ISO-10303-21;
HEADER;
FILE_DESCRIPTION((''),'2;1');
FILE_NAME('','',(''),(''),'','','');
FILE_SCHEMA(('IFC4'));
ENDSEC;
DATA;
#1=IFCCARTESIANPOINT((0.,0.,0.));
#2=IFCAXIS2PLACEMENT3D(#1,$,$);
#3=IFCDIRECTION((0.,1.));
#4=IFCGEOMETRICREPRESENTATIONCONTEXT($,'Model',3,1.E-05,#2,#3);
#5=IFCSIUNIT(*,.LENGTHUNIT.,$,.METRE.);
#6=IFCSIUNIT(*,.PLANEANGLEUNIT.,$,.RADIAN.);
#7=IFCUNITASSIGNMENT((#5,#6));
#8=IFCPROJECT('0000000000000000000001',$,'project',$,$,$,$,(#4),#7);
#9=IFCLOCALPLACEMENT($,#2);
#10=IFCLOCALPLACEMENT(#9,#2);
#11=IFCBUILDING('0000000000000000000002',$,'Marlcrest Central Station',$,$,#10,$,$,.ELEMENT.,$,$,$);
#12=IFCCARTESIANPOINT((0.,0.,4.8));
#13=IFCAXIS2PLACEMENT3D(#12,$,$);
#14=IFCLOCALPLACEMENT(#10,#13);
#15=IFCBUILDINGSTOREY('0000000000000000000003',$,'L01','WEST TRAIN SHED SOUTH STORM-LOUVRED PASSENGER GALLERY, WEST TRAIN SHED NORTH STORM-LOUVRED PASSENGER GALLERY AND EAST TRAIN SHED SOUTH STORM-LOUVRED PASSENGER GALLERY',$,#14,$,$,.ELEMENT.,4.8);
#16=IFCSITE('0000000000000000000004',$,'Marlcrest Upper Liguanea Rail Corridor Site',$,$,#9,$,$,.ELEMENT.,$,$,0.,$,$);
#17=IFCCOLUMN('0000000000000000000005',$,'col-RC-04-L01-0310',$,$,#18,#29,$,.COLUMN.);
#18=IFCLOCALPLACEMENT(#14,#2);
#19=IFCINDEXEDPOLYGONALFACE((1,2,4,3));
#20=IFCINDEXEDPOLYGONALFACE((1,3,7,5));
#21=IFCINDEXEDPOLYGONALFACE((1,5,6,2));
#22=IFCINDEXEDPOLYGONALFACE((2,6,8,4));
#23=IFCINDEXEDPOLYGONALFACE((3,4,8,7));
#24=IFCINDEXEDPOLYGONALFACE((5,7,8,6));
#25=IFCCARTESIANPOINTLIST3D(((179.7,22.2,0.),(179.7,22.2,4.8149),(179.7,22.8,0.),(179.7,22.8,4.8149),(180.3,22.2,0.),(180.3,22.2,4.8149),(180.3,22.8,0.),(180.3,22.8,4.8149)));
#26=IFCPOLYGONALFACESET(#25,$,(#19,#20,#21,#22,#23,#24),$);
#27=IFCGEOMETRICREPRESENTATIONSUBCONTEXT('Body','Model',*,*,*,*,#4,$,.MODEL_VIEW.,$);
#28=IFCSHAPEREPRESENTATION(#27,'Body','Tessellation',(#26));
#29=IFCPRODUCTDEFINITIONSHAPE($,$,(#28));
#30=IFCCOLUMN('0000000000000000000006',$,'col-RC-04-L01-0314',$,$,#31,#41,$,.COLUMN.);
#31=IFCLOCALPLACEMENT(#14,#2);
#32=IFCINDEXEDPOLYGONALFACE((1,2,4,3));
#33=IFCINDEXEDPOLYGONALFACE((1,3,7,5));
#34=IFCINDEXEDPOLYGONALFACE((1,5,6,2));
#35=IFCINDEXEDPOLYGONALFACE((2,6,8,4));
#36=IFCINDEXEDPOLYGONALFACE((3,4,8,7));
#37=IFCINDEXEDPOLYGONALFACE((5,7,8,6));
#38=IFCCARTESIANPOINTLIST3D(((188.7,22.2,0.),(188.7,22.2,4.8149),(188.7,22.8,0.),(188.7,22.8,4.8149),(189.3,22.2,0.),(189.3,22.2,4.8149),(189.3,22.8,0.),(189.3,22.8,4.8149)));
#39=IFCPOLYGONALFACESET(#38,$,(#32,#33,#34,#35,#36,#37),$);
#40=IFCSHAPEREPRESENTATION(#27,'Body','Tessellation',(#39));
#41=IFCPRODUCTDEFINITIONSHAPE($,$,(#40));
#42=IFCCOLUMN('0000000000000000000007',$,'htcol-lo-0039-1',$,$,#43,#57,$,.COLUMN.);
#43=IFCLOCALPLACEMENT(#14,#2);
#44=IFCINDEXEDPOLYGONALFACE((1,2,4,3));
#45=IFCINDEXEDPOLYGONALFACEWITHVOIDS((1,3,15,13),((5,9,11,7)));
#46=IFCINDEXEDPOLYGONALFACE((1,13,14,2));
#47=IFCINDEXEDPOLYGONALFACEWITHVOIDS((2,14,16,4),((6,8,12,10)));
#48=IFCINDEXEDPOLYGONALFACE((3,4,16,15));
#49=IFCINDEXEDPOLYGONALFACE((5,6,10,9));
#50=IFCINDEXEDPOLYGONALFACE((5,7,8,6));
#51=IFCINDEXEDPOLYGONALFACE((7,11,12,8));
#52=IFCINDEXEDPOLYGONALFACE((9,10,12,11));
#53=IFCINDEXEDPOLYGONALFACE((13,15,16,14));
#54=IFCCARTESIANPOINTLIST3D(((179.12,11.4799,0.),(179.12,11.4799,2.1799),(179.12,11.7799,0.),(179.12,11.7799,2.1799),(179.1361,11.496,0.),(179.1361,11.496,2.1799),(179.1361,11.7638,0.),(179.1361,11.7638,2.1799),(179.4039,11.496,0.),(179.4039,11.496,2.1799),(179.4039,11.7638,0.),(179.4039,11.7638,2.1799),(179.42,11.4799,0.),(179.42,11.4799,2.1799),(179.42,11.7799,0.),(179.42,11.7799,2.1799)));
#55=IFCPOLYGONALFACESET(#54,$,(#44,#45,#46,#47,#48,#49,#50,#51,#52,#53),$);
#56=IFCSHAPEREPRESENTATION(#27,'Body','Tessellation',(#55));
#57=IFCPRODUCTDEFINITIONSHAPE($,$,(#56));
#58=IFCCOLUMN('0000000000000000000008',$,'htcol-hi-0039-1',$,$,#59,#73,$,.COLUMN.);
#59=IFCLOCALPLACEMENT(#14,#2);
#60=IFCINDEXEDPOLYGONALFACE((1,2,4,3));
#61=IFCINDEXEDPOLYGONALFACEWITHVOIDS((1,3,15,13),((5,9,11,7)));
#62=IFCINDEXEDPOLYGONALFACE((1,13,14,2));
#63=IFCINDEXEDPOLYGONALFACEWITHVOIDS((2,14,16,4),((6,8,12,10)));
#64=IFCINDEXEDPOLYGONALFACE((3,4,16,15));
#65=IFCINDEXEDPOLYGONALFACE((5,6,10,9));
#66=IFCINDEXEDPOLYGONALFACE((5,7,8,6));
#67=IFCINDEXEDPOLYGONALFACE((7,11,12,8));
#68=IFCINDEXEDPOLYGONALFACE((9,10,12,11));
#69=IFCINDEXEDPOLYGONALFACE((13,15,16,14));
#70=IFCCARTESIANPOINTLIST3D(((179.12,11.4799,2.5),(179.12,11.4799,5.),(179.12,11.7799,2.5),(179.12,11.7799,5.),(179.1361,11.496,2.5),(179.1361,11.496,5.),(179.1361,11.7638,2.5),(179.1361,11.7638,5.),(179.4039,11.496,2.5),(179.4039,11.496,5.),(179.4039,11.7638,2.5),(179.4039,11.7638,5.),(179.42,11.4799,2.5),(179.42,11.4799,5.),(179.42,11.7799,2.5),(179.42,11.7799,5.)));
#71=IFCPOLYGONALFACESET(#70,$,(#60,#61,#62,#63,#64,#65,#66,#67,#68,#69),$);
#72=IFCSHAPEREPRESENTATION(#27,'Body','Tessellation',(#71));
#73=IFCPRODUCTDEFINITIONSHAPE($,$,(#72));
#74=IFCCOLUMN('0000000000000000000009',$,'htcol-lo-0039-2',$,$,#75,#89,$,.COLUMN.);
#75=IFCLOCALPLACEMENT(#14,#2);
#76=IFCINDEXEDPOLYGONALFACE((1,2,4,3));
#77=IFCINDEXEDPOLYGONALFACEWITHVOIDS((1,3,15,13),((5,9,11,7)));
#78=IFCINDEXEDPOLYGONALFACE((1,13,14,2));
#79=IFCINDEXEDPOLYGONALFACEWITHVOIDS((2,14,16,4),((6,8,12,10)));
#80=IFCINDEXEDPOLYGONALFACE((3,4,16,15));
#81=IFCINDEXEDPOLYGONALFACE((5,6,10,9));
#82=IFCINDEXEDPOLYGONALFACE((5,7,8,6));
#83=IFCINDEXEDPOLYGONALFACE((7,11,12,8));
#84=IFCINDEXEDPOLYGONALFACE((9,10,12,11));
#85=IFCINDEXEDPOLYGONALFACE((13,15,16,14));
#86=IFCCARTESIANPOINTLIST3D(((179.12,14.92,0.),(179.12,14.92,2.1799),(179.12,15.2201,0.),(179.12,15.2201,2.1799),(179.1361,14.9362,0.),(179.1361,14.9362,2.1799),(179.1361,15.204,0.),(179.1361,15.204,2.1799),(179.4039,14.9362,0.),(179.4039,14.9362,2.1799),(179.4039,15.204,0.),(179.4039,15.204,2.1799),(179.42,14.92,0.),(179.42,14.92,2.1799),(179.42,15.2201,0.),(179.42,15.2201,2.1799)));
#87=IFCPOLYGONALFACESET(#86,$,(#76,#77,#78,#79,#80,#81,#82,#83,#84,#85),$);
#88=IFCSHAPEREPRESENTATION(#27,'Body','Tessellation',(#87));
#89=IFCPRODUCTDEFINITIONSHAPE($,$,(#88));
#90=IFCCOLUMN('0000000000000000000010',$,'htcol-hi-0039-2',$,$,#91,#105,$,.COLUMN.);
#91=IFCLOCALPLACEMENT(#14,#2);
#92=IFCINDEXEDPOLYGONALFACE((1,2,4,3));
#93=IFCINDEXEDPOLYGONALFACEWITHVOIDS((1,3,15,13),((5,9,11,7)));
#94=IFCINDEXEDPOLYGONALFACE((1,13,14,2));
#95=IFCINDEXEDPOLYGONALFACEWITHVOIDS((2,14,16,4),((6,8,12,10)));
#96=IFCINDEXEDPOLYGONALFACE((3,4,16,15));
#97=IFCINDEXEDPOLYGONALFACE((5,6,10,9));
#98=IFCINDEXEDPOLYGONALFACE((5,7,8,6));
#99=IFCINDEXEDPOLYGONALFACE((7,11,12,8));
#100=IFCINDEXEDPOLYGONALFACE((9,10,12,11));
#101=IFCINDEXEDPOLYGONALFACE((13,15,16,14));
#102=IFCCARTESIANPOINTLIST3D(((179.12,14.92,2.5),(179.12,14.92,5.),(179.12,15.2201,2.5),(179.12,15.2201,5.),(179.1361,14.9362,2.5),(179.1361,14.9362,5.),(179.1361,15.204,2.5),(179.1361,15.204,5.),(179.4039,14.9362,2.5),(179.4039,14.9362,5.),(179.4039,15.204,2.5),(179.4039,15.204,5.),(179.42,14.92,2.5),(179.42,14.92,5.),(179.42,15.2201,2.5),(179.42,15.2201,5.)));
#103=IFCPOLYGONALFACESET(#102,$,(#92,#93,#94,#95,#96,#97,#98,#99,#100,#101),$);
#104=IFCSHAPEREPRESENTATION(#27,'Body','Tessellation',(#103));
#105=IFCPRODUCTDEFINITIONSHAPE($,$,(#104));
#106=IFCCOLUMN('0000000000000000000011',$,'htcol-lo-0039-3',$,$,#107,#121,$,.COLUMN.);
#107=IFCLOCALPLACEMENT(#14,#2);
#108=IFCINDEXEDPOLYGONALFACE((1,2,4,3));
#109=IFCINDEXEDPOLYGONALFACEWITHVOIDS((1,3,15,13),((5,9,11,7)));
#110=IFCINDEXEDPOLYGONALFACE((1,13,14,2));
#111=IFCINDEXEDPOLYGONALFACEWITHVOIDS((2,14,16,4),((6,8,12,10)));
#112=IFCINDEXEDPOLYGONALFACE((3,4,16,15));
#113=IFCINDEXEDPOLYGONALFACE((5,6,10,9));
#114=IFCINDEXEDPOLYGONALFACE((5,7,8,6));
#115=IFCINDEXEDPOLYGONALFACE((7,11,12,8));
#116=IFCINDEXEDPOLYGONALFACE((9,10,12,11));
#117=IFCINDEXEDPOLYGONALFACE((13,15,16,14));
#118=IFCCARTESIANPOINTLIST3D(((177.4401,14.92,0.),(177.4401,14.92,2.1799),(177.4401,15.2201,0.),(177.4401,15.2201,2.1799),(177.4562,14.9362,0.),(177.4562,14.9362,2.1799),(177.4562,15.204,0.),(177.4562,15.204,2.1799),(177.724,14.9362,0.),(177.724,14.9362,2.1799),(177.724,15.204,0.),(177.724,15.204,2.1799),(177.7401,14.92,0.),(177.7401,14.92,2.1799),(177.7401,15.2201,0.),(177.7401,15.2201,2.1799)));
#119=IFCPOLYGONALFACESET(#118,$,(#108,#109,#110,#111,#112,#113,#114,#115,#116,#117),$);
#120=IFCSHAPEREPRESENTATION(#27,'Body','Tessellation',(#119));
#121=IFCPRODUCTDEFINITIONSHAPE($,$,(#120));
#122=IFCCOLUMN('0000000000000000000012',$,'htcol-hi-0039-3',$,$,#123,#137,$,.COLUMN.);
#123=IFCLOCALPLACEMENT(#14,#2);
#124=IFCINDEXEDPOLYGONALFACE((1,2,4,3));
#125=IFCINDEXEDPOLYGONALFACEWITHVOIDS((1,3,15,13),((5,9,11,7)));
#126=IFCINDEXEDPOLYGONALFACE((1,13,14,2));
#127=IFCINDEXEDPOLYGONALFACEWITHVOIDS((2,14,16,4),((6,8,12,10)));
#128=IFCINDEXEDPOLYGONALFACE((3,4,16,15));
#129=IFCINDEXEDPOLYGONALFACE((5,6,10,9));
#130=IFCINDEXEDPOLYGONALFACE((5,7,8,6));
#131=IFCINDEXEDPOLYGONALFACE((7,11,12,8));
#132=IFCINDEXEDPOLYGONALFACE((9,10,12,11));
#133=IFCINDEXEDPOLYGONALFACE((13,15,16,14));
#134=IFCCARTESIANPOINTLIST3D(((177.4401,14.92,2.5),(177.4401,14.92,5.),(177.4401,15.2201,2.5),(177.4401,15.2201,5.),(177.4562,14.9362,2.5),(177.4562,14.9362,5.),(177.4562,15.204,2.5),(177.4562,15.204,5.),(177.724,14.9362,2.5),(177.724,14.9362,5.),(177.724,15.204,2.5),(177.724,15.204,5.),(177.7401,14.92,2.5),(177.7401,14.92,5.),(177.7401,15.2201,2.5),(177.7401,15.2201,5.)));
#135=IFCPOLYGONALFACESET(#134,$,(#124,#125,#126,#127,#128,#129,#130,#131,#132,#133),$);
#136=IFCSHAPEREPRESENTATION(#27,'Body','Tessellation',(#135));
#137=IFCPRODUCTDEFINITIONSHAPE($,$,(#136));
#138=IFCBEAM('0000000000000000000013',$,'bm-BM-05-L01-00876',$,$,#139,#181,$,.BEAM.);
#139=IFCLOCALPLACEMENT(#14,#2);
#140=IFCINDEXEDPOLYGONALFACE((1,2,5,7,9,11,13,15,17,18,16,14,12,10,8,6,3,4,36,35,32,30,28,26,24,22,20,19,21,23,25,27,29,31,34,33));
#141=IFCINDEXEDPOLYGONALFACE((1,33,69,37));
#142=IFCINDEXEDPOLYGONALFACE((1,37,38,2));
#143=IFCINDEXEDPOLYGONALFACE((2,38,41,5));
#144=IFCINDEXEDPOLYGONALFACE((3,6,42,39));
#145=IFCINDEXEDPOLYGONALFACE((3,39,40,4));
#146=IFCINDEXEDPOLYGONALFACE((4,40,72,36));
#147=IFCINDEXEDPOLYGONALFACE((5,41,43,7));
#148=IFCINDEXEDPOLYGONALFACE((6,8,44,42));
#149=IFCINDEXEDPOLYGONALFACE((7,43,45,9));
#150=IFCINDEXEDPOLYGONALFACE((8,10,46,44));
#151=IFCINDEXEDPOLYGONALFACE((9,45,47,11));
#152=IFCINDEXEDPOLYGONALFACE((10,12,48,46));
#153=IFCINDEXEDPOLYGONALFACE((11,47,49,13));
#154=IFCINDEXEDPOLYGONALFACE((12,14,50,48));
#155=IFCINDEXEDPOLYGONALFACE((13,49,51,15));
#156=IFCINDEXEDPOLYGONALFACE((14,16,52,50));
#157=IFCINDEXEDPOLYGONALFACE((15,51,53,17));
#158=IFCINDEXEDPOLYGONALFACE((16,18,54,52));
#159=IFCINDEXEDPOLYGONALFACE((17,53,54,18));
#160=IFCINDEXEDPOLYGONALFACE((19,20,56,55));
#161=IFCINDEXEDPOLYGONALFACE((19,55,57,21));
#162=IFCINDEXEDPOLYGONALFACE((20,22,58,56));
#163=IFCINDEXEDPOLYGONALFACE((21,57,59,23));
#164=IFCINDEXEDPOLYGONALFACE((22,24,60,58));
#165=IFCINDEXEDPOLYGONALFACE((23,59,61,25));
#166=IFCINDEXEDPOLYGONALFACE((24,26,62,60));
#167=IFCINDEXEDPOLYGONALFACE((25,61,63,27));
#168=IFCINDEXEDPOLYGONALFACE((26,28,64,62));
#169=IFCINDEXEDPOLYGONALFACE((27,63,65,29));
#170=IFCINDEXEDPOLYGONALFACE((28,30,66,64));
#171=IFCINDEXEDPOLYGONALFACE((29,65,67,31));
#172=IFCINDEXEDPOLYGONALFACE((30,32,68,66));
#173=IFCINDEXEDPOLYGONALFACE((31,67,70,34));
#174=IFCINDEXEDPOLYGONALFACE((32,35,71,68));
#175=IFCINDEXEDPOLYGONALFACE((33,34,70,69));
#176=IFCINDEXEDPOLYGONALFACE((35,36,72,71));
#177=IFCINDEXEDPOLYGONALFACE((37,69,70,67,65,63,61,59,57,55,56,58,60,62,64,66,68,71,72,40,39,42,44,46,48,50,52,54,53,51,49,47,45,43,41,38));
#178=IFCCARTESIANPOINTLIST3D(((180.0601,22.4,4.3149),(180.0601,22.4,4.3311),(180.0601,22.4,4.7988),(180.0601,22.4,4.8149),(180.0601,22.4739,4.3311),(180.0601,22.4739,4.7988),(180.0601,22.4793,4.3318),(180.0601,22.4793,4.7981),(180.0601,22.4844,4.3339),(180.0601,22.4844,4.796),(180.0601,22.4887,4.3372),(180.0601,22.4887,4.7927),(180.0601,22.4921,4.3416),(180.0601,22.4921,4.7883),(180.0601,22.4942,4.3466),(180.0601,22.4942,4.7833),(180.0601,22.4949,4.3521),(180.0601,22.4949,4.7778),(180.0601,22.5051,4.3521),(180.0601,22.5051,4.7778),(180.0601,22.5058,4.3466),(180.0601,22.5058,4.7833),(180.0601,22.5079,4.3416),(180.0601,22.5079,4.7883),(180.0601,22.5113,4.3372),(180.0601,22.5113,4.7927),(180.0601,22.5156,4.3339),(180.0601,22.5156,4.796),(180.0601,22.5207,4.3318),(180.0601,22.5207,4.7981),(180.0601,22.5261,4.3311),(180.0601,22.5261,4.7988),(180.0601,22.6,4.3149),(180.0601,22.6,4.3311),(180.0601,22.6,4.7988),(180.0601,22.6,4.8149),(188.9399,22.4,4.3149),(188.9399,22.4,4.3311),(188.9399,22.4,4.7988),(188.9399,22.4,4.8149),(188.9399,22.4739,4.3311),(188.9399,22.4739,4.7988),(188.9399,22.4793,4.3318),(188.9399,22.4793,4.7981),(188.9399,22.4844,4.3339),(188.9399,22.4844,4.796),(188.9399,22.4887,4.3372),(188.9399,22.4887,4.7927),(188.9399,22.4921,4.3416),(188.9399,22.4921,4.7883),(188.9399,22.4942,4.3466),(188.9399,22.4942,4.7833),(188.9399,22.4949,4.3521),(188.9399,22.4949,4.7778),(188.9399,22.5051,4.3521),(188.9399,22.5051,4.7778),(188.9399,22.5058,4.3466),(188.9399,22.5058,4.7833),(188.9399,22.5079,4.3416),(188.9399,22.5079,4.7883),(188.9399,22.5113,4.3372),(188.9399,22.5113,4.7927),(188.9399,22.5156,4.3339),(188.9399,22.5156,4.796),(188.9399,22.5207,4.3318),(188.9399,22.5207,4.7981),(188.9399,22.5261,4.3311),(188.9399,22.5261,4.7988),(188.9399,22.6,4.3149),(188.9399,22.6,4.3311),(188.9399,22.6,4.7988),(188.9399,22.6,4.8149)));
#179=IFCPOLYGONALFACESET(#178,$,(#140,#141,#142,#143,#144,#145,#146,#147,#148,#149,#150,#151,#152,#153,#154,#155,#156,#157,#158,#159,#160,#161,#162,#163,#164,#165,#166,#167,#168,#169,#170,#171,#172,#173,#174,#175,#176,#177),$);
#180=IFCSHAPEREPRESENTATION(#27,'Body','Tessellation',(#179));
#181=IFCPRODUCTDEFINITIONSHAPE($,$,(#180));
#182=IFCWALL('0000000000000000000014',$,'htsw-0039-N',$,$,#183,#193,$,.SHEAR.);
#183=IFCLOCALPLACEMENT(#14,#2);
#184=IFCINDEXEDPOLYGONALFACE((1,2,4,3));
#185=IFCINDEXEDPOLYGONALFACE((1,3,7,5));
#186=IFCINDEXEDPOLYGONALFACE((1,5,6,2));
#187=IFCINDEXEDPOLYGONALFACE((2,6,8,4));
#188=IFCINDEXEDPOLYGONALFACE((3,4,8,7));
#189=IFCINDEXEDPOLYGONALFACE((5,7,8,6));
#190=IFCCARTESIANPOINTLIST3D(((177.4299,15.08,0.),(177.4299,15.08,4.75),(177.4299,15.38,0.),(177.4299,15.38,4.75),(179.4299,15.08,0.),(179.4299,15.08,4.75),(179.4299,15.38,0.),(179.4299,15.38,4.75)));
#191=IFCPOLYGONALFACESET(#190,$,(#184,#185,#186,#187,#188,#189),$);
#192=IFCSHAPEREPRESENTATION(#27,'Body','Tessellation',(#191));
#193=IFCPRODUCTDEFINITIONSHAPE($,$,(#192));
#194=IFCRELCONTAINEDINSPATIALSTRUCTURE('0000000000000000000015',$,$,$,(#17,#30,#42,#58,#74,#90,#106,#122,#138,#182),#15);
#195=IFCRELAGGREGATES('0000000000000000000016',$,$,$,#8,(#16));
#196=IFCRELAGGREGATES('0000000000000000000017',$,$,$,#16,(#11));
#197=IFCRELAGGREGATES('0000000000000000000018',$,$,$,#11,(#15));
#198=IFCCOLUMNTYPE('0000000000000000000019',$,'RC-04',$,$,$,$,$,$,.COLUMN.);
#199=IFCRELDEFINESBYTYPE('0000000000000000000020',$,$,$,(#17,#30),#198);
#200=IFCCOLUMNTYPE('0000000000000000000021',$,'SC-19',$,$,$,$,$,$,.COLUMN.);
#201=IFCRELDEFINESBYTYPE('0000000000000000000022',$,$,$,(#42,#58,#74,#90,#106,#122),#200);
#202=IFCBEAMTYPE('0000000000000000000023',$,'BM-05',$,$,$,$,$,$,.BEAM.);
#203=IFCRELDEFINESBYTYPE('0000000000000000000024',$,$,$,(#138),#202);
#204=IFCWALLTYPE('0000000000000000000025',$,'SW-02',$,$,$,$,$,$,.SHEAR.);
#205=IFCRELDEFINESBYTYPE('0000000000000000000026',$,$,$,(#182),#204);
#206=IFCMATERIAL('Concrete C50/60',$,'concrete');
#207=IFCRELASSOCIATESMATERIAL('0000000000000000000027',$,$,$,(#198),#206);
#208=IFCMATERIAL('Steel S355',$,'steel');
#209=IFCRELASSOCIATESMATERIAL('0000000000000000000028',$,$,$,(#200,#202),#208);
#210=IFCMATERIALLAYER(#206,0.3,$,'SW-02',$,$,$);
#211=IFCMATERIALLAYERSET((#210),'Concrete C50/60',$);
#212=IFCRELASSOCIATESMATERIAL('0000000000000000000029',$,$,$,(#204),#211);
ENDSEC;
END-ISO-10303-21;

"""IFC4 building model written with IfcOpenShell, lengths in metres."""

from ifc_helpers import new_model, si_unit, direction, frame, frame_2d, origin, origin_2d, place, context, subcontext, project, spatial, rectangle, hollow_rectangle, i_section, extrude, material, layer, layer_set, material_profile, profile_set, type_object, element, save


model = new_model("IFC4")

# Units and contexts
model_context = context("Model", 3, precision=1e-05, world=origin(), true_north=direction((0.0, 1.0)))
body_context = subcontext(model_context, "Body", "Model", "MODEL_VIEW")
ifc_project = project(units=[si_unit("LENGTHUNIT", "METRE"), si_unit("PLANEANGLEUNIT", "RADIAN")], contexts=[model_context])

# Site, building, storey
site_placement = place(None, origin())
site = spatial("IfcSite", under=ifc_project, at=site_placement, Name="Marlcrest Upper Liguanea Rail Corridor Site", CompositionType="ELEMENT", RefElevation=0.0)
building_placement = place(site_placement, origin())
building = spatial("IfcBuilding", under=site, at=building_placement, Name="Marlcrest Central Station", CompositionType="ELEMENT")
storey_placement = place(building_placement, frame((0.0, 0.0, 4.8)))
storey = spatial("IfcBuildingStorey", under=building, at=storey_placement, Name="L01", Description="WEST TRAIN SHED SOUTH STORM-LOUVRED PASSENGER GALLERY, WEST TRAIN SHED NORTH STORM-LOUVRED PASSENGER GALLERY AND EAST TRAIN SHED SOUTH STORM-LOUVRED PASSENGER GALLERY", CompositionType="ELEMENT", Elevation=4.8)

# Columns
ifc_material_1 = material(Name="Concrete C50/60", Category="concrete")
ifc_material_profile_1 = material_profile(ifc_material_1, rectangle(XDim=0.6001, YDim=0.6001, at=origin_2d()), Name="RC 600x600")
ifc_profile_set_1 = profile_set([ifc_material_profile_1], Name="Concrete C50/60")
column_type_1 = type_object("IfcColumnType", Name="RC-04", PredefinedType="COLUMN", material=ifc_profile_set_1)
for number, where, z_axis, x_axis, name in (
    (1, (180.0, 22.5, 0.0), (0.0, 0.0, 1.0), (1.0, 0.0, 0.0), "col-RC-04-L01-0310"),
    (2, (189.0, 22.5, 0.0), (0.0, 0.0, 1.0), (1.0, 0.0, 0.0), "col-RC-04-L01-0314"),
):
    element("IfcColumn", number, at=place(storey_placement, frame(where, z_axis=z_axis, x_axis=x_axis)), inside=storey, type_object=column_type_1, Name=name, PredefinedType="COLUMN", context=body_context, shape_type="SweptSolid", body=[
        extrude(rectangle(XDim=0.6001, YDim=0.6001, at=origin_2d()), origin(), (0.0, 0.0, 1.0), 4.8149),
    ])
ifc_material_2 = material(Name="Steel S355", Category="steel")
ifc_material_profile_2 = material_profile(ifc_material_2, hollow_rectangle(XDim=0.3, YDim=0.3, WallThickness=0.0161, at=origin_2d()), Name="SHS 300x300x16")
ifc_profile_set_2 = profile_set([ifc_material_profile_2], Name="Steel S355")
column_type_2 = type_object("IfcColumnType", Name="SC-19", PredefinedType="COLUMN", material=ifc_profile_set_2)
column_1_placement = place(storey_placement, frame((179.27, 11.6299, 0.0), z_axis=(0.0, 0.0, 1.0), x_axis=(1.0, 0.0, 0.0)))
element("IfcColumn", 3, at=column_1_placement, inside=storey, type_object=column_type_2, Name="htcol-lo-0039-1", PredefinedType="COLUMN", context=body_context, shape_type="SweptSolid", body=[
    extrude(hollow_rectangle(XDim=0.3, YDim=0.3, WallThickness=0.0161, at=origin_2d()), origin(), (0.0, 0.0, 1.0), 2.1799),
])
column_2_placement = place(storey_placement, frame((179.27, 11.6299, 2.5), z_axis=(0.0, 0.0, 1.0), x_axis=(1.0, 0.0, 0.0)))
element("IfcColumn", 4, at=column_2_placement, inside=storey, type_object=column_type_2, Name="htcol-hi-0039-1", PredefinedType="COLUMN", context=body_context, shape_type="SweptSolid", body=[
    extrude(hollow_rectangle(XDim=0.3, YDim=0.3, WallThickness=0.0161, at=origin_2d()), origin(), (0.0, 0.0, 1.0), 2.5),
])
column_3_placement = place(storey_placement, frame((179.27, 15.0701, 0.0), z_axis=(0.0, 0.0, 1.0), x_axis=(1.0, 0.0, 0.0)))
element("IfcColumn", 5, at=column_3_placement, inside=storey, type_object=column_type_2, Name="htcol-lo-0039-2", PredefinedType="COLUMN", context=body_context, shape_type="SweptSolid", body=[
    extrude(hollow_rectangle(XDim=0.3, YDim=0.3, WallThickness=0.0161, at=origin_2d()), origin(), (0.0, 0.0, 1.0), 2.1799),
])
column_4_placement = place(storey_placement, frame((179.27, 15.0701, 2.5), z_axis=(0.0, 0.0, 1.0), x_axis=(1.0, 0.0, 0.0)))
element("IfcColumn", 6, at=column_4_placement, inside=storey, type_object=column_type_2, Name="htcol-hi-0039-2", PredefinedType="COLUMN", context=body_context, shape_type="SweptSolid", body=[
    extrude(hollow_rectangle(XDim=0.3, YDim=0.3, WallThickness=0.0161, at=origin_2d()), origin(), (0.0, 0.0, 1.0), 2.5),
])
column_5_placement = place(storey_placement, frame((177.5901, 15.0701, 0.0), z_axis=(0.0, 0.0, 1.0), x_axis=(1.0, 0.0, 0.0)))
element("IfcColumn", 7, at=column_5_placement, inside=storey, type_object=column_type_2, Name="htcol-lo-0039-3", PredefinedType="COLUMN", context=body_context, shape_type="SweptSolid", body=[
    extrude(hollow_rectangle(XDim=0.3, YDim=0.3, WallThickness=0.0161, at=origin_2d()), origin(), (0.0, 0.0, 1.0), 2.1799),
])
column_6_placement = place(storey_placement, frame((177.5901, 15.0701, 2.5), z_axis=(0.0, 0.0, 1.0), x_axis=(1.0, 0.0, 0.0)))
element("IfcColumn", 8, at=column_6_placement, inside=storey, type_object=column_type_2, Name="htcol-hi-0039-3", PredefinedType="COLUMN", context=body_context, shape_type="SweptSolid", body=[
    extrude(hollow_rectangle(XDim=0.3, YDim=0.3, WallThickness=0.0161, at=origin_2d()), origin(), (0.0, 0.0, 1.0), 2.5),
])

# Beam
ifc_material_profile_3 = material_profile(ifc_material_2, i_section(OverallWidth=0.2, OverallDepth=0.5, WebThickness=0.0103, FlangeThickness=0.0161, FilletRadius=0.021, at=origin_2d()), Name="IPE 500")
ifc_profile_set_3 = profile_set([ifc_material_profile_3], Name="Steel S355")
beam_type = type_object("IfcBeamType", Name="BM-05", PredefinedType="BEAM", material=ifc_profile_set_3)
beam_placement = place(storey_placement, frame((180.0601, 22.5, 4.5649), z_axis=(1.0, 0.0, 0.0), x_axis=(0.0, 1.0, 0.0)))
element("IfcBeam", 9, at=beam_placement, inside=storey, type_object=beam_type, Name="bm-BM-05-L01-00876", PredefinedType="BEAM", context=body_context, shape_type="SweptSolid", body=[
    extrude(i_section(OverallWidth=0.2, OverallDepth=0.5, WebThickness=0.0103, FlangeThickness=0.0161, FilletRadius=0.021, at=origin_2d()), origin(), (0.0, 0.0, 1.0), 8.8799),
])

# Wall
ifc_layer = layer(ifc_material_1, 0.3, Name="SW-02")
ifc_layer_set = layer_set([ifc_layer], Name="Concrete C50/60")
wall_type = type_object("IfcWallType", Name="SW-02", PredefinedType="SHEAR", material=ifc_layer_set)
wall_placement = place(storey_placement, frame((179.4299, 15.23, 0.0), z_axis=(0.0, 0.0, 1.0), x_axis=(-1.0, 0.0, 0.0)))
element("IfcWall", 10, at=wall_placement, inside=storey, type_object=wall_type, Name="htsw-0039-N", PredefinedType="SHEAR", context=body_context, shape_type="SweptSolid", body=[
    extrude(rectangle(XDim=2.0, YDim=0.3, at=frame_2d((1.0, 0.0))), origin(), (0.0, 0.0, 1.0), 4.75),
])

save(model, "model.ifc")
